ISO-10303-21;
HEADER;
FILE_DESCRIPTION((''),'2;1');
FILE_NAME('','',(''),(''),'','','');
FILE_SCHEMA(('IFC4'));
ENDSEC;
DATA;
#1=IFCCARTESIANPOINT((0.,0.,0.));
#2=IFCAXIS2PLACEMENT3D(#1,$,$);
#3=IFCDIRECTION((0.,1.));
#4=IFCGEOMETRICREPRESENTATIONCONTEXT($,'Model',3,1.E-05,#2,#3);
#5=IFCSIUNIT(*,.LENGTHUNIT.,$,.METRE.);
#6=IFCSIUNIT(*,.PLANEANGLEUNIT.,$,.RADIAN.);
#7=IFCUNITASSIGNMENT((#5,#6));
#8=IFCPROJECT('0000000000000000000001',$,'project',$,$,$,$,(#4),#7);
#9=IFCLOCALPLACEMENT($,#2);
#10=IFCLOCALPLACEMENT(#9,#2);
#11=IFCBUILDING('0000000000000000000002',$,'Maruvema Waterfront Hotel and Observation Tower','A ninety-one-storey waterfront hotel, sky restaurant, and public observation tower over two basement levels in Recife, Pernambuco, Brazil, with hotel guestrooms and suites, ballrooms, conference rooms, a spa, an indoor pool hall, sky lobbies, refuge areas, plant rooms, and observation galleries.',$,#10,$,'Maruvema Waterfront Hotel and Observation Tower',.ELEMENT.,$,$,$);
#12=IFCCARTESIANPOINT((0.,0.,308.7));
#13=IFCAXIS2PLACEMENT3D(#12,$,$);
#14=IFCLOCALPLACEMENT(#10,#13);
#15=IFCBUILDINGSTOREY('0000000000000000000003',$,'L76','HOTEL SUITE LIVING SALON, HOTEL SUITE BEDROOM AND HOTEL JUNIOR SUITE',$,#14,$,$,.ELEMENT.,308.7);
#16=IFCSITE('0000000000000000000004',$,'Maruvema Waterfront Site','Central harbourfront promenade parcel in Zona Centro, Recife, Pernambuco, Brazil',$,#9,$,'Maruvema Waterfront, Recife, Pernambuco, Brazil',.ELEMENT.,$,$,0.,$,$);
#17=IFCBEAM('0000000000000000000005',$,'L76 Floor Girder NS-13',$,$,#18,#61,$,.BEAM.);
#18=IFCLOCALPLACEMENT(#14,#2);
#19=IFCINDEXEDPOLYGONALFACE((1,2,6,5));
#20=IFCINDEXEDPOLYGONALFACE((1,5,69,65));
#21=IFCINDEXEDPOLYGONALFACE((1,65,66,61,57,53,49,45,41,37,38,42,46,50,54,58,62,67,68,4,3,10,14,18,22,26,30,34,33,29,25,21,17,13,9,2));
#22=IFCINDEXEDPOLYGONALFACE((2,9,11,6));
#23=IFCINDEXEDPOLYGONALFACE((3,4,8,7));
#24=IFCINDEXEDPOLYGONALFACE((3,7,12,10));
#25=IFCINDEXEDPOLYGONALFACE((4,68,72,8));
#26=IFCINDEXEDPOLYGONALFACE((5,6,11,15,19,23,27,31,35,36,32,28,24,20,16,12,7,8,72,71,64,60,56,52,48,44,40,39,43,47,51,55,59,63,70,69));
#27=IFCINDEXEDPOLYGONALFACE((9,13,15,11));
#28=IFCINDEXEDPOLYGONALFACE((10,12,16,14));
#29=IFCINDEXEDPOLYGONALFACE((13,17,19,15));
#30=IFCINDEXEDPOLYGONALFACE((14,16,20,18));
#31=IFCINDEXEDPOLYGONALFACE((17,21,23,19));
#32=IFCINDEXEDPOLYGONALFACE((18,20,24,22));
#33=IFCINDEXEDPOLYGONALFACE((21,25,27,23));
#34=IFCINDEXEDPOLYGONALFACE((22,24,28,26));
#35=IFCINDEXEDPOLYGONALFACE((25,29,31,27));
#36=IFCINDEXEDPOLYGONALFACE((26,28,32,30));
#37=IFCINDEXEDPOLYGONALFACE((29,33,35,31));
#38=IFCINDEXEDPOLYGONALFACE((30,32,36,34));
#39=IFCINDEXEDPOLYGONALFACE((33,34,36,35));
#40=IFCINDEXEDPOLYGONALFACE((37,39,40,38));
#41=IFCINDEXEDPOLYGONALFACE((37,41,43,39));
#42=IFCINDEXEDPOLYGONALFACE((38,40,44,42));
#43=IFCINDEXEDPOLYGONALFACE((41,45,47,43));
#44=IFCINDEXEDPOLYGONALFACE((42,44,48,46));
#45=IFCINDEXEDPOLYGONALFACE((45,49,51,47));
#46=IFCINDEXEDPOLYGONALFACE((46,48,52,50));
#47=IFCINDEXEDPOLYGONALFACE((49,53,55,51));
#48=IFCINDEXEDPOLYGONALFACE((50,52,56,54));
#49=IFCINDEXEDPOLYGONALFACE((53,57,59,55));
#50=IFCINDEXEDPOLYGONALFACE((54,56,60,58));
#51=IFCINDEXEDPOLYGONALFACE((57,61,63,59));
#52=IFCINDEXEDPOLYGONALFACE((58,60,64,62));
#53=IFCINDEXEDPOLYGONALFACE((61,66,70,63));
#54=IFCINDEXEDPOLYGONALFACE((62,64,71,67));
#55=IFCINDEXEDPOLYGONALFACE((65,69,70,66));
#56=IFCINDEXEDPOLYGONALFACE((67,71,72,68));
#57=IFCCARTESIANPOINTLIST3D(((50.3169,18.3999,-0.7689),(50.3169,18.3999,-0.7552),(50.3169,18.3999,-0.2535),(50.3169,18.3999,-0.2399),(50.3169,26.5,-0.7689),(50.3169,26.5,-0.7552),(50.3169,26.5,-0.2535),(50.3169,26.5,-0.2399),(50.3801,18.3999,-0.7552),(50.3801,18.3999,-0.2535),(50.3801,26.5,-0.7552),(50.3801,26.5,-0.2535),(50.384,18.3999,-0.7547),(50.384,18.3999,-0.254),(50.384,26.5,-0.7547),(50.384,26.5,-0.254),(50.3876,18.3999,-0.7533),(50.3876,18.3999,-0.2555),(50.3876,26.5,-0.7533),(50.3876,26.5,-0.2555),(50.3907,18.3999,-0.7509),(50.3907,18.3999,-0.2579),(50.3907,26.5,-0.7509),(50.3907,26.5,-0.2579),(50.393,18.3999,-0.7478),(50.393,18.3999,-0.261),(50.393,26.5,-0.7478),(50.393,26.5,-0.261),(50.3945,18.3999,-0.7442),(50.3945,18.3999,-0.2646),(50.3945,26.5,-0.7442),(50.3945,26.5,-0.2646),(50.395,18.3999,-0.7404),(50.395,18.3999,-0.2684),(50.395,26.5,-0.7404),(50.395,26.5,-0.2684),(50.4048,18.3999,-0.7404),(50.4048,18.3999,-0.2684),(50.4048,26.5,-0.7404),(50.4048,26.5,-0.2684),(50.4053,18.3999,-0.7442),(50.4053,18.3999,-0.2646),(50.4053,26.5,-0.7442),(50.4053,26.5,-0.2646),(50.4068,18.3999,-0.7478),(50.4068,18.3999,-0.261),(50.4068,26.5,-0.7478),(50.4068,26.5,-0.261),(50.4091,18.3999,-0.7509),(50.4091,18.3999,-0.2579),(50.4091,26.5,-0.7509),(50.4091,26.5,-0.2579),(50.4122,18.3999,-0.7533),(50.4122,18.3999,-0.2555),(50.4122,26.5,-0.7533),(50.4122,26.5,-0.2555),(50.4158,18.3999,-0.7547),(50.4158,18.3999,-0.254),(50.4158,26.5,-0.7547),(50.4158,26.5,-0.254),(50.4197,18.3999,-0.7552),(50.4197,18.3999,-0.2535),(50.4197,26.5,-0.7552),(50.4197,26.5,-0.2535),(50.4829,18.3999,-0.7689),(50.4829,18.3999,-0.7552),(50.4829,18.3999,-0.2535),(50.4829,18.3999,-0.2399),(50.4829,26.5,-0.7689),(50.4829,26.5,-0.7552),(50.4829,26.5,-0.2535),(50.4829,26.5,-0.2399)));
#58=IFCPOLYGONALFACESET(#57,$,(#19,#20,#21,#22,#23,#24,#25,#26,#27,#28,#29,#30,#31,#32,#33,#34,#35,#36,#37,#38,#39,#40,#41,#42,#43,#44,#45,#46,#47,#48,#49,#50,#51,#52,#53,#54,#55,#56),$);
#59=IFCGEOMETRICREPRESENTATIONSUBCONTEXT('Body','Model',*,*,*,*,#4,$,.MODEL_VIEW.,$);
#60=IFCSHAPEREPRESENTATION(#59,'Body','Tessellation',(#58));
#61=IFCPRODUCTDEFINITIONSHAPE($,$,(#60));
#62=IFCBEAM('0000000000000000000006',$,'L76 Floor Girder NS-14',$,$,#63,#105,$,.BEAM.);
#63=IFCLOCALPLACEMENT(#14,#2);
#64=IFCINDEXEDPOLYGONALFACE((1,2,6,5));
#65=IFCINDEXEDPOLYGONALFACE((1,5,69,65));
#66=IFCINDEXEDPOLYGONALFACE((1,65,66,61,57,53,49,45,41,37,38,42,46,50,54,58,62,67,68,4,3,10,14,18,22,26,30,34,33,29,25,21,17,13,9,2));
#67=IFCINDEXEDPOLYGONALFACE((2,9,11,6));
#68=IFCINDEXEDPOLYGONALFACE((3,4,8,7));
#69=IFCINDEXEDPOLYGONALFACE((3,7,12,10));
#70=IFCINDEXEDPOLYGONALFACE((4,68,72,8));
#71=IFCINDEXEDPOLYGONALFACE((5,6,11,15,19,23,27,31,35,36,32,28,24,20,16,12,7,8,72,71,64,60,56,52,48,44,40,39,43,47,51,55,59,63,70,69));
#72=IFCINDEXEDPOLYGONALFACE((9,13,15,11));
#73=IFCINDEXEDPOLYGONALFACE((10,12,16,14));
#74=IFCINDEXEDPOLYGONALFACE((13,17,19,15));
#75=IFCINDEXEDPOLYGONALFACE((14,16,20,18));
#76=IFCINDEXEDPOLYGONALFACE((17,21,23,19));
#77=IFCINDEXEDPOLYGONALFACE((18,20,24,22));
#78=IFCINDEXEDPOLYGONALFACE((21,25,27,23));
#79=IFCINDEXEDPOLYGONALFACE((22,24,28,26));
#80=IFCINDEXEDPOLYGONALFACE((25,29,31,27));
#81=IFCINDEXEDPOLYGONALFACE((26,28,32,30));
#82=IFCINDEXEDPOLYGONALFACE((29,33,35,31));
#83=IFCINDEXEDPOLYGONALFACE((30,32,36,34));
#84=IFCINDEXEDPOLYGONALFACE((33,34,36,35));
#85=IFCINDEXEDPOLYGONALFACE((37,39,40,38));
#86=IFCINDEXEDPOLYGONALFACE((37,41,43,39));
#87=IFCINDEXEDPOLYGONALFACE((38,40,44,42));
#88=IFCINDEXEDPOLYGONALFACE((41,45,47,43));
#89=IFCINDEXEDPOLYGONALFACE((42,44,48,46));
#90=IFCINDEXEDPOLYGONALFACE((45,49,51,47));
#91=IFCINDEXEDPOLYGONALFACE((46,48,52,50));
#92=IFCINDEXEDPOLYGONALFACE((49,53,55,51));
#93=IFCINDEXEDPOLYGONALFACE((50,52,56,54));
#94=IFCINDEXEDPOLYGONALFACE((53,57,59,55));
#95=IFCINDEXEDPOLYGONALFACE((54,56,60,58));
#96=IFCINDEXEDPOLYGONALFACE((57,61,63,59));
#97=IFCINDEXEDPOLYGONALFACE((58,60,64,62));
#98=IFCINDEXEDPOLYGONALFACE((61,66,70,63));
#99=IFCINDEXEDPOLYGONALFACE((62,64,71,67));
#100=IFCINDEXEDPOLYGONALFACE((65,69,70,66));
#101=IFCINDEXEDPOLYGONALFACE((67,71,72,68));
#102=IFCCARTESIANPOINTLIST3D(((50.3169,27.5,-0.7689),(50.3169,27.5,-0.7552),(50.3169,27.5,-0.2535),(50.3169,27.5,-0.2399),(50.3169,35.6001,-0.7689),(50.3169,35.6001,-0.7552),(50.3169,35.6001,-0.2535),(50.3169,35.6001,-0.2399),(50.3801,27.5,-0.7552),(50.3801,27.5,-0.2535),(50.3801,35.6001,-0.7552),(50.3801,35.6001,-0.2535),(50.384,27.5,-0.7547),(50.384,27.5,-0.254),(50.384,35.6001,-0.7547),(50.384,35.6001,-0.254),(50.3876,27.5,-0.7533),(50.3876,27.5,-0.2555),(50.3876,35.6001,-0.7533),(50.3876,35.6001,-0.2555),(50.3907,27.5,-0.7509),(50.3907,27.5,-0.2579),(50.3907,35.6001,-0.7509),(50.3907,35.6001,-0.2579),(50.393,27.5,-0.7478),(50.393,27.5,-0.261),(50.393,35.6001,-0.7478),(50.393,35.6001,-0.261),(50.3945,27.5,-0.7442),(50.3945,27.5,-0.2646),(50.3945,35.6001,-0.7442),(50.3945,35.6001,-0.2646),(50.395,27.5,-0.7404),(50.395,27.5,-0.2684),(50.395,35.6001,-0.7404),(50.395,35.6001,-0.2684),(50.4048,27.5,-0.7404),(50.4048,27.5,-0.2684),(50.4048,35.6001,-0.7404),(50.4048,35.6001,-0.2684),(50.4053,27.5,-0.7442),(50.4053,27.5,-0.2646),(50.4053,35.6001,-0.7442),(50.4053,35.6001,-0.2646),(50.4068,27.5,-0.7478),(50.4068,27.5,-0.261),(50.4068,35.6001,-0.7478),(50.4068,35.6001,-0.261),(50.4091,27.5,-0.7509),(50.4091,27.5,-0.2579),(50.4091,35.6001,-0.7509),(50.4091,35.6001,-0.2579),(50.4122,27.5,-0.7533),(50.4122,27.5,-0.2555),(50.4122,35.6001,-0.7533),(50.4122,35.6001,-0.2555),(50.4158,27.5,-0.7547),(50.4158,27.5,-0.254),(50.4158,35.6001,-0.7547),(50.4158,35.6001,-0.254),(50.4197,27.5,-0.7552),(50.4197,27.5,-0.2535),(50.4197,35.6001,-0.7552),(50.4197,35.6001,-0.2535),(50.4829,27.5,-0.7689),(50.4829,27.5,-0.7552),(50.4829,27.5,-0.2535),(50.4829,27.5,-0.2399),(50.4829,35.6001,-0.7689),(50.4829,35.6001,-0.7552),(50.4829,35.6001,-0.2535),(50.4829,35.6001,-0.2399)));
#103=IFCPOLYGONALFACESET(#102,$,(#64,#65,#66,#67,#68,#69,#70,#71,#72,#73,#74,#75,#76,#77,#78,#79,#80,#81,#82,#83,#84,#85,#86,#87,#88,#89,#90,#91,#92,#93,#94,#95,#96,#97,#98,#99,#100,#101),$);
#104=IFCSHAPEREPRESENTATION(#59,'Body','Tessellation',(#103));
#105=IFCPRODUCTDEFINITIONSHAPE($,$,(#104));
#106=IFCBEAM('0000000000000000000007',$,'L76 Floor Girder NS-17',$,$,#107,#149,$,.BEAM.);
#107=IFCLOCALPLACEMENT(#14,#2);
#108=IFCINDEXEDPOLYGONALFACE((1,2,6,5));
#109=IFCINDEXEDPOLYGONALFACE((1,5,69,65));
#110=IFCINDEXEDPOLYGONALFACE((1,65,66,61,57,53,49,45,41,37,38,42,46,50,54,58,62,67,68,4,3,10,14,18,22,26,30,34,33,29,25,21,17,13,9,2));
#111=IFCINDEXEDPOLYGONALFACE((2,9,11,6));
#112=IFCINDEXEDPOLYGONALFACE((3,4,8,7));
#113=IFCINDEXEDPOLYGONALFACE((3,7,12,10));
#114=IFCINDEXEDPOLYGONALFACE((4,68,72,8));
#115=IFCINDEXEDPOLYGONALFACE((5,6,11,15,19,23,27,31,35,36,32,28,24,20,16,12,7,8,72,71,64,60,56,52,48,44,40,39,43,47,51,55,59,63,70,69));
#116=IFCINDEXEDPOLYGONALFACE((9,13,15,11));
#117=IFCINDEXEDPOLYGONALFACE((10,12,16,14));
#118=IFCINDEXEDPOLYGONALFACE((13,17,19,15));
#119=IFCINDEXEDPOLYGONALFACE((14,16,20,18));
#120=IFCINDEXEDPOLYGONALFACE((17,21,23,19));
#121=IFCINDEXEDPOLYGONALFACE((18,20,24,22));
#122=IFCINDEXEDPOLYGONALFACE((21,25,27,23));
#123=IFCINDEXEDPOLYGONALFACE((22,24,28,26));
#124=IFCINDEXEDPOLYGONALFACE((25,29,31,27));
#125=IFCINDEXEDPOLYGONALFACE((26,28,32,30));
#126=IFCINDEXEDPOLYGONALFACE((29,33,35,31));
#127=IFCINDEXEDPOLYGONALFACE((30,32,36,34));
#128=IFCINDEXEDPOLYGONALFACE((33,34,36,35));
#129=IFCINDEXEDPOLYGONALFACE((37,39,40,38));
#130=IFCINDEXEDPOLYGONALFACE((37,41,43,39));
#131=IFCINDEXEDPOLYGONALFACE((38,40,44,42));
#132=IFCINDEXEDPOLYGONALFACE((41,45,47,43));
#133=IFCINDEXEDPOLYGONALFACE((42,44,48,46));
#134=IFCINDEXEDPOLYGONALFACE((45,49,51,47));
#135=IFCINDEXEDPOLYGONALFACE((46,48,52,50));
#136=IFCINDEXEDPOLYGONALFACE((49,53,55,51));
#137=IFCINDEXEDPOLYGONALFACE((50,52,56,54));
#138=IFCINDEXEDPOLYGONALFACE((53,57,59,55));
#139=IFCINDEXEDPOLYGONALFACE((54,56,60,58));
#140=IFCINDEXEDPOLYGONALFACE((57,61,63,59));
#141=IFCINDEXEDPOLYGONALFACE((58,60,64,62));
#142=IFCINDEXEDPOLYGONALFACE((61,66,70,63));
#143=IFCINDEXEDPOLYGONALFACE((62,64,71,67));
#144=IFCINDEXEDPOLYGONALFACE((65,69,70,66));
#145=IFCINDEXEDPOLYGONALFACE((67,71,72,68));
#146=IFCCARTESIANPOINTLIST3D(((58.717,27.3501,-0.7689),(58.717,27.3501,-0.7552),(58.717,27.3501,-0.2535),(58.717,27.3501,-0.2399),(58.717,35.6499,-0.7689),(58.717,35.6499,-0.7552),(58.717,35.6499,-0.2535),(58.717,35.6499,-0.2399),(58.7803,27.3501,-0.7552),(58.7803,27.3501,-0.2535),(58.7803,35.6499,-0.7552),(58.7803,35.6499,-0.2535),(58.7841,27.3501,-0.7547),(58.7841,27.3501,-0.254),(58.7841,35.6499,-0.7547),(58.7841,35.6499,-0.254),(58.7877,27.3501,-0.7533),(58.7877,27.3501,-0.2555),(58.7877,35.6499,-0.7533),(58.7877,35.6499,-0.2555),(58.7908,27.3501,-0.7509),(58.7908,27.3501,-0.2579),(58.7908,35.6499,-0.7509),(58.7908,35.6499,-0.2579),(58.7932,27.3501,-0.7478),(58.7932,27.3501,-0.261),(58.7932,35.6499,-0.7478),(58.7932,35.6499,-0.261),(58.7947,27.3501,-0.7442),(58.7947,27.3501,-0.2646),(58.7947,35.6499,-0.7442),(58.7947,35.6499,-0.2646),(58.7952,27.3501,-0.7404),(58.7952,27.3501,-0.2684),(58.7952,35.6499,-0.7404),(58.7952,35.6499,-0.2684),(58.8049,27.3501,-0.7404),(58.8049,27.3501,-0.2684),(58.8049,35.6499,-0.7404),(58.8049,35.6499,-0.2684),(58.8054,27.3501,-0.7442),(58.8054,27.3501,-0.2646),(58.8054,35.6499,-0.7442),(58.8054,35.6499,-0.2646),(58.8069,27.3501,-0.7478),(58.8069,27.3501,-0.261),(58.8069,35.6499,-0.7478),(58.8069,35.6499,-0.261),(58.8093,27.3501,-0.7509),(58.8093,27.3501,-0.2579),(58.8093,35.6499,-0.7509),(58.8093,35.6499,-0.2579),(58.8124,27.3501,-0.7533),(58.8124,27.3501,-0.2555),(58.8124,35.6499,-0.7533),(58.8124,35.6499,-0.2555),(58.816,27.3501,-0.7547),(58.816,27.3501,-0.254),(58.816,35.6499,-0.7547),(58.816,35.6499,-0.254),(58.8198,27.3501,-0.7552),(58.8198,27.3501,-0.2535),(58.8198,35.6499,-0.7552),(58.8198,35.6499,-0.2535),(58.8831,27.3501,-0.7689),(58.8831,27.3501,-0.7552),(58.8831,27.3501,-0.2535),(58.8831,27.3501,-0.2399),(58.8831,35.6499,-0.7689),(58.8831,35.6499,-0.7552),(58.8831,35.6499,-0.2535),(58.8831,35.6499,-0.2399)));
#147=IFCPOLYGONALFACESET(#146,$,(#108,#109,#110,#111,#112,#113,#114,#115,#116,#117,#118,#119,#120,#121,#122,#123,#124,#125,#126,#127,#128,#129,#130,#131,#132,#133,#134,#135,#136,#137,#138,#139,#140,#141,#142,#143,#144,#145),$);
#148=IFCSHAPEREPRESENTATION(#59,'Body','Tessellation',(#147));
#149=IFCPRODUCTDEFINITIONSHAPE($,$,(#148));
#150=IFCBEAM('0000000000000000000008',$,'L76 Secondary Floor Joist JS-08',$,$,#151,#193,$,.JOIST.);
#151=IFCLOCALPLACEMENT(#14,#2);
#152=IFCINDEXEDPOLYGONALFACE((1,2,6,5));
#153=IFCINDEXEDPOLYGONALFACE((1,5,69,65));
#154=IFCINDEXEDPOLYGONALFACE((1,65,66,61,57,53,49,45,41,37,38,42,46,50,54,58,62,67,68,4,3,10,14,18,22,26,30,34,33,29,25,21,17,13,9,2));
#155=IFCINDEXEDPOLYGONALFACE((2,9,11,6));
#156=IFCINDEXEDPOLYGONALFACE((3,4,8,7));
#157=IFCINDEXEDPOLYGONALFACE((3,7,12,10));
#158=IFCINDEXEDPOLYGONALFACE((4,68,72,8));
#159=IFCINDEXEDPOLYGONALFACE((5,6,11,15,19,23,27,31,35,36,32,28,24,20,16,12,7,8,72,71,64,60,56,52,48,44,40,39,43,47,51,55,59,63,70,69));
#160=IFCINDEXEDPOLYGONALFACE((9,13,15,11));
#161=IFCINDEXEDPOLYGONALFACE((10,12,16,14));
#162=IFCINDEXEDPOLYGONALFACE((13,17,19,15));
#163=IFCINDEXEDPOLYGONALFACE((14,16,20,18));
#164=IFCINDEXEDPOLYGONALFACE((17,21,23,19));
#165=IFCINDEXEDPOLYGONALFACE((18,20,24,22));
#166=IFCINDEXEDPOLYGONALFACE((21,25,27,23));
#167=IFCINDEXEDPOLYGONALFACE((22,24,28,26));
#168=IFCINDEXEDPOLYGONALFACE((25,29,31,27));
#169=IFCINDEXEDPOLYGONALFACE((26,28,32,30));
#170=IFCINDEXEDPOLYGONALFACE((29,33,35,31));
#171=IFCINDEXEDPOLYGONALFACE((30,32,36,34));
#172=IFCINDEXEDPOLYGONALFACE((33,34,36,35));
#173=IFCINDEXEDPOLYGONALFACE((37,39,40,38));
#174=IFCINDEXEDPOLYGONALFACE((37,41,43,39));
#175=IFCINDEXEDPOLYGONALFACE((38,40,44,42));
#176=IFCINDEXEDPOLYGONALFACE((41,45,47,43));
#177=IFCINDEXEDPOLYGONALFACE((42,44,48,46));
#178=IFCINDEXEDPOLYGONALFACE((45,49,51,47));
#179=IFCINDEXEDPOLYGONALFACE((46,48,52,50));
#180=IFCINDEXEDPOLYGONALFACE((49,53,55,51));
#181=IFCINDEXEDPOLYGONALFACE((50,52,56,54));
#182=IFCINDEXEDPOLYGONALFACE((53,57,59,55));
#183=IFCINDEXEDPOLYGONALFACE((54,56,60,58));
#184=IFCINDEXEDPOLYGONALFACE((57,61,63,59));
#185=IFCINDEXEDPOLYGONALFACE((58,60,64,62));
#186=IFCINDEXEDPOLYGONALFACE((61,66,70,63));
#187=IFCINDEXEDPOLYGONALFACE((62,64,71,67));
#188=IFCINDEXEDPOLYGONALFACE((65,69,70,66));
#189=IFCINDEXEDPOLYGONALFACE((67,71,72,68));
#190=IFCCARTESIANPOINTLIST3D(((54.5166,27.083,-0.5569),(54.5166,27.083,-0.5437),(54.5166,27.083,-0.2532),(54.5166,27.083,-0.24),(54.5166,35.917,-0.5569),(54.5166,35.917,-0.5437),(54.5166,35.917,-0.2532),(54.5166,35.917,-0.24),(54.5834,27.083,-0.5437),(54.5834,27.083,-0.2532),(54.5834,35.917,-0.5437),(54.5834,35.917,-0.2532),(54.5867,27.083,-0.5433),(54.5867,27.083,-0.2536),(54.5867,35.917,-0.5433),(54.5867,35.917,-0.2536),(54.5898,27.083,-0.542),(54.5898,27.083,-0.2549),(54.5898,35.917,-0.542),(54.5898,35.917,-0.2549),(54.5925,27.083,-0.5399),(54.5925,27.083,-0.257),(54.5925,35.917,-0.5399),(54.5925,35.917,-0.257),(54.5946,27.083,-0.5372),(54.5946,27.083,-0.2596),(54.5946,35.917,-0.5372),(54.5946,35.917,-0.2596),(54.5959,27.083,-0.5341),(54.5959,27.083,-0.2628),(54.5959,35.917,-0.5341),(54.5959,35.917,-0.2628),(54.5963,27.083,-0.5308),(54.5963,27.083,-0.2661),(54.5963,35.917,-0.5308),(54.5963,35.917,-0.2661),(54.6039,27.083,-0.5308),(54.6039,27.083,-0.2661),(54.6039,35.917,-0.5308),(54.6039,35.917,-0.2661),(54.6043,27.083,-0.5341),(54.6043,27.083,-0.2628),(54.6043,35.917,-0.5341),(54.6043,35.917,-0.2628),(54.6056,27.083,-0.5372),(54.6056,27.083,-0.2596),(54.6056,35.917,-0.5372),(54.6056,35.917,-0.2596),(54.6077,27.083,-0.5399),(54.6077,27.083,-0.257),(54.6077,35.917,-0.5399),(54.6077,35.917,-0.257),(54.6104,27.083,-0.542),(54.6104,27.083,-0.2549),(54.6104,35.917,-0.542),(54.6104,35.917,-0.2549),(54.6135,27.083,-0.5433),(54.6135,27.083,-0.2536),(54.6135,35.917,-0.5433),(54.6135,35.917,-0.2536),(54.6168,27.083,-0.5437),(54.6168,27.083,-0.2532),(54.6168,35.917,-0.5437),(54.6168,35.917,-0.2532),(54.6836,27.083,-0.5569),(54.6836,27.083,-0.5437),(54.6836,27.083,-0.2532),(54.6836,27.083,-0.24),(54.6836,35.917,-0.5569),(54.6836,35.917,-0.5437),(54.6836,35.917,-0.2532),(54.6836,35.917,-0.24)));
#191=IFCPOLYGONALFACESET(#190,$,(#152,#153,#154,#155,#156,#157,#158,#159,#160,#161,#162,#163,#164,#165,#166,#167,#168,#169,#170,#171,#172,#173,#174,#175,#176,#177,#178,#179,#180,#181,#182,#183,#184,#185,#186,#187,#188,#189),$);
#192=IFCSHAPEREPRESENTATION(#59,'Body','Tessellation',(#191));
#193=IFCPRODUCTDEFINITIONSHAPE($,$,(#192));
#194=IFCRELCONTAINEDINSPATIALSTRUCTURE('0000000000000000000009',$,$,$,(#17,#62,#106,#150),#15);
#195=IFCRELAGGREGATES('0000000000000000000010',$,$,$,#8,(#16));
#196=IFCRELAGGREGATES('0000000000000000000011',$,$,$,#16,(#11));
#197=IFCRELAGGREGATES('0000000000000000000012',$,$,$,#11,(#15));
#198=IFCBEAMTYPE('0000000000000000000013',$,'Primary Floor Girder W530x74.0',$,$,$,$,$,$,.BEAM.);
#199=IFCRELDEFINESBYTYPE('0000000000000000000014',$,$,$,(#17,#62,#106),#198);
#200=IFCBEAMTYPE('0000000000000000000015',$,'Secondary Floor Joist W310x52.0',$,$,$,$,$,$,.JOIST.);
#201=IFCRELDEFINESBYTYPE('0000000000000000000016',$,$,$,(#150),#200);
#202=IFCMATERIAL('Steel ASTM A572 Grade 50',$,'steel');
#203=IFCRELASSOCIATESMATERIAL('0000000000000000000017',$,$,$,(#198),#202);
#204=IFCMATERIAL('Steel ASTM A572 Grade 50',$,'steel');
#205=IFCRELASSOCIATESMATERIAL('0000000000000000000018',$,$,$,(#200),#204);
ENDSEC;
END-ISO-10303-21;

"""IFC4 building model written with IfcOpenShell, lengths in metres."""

from ifc_helpers import new_model, si_unit, direction, frame, origin, origin_2d, place, context, subcontext, project, spatial, i_section, extrude, material, material_profile, profile_set, type_object, element, save


model = new_model("IFC4")

# Units and contexts
model_context = context("Model", 3, precision=1e-05, world=origin(), true_north=direction((0.0, 1.0)))
body_context = subcontext(model_context, "Body", "Model", "MODEL_VIEW")
ifc_project = project(units=[si_unit("LENGTHUNIT", "METRE"), si_unit("PLANEANGLEUNIT", "RADIAN")], contexts=[model_context])

# Site, building, storey
site_placement = place(None, origin())
site = spatial("IfcSite", under=ifc_project, at=site_placement, Name="Maruvema Waterfront Site", Description="Central harbourfront promenade parcel in Zona Centro, Recife, Pernambuco, Brazil", LongName="Maruvema Waterfront, Recife, Pernambuco, Brazil", CompositionType="ELEMENT", RefElevation=0.0)
building_placement = place(site_placement, origin())
building = spatial("IfcBuilding", under=site, at=building_placement, Name="Maruvema Waterfront Hotel and Observation Tower", Description="A ninety-one-storey waterfront hotel, sky restaurant, and public observation tower over two basement levels in Recife, Pernambuco, Brazil, with hotel guestrooms and suites, ballrooms, conference rooms, a spa, an indoor pool hall, sky lobbies, refuge areas, plant rooms, and observation galleries.", LongName="Maruvema Waterfront Hotel and Observation Tower", CompositionType="ELEMENT")
storey_placement = place(building_placement, frame((0.0, 0.0, 308.7)))
storey = spatial("IfcBuildingStorey", under=building, at=storey_placement, Name="L76", Description="HOTEL SUITE LIVING SALON, HOTEL SUITE BEDROOM AND HOTEL JUNIOR SUITE", CompositionType="ELEMENT", Elevation=308.7)

# Beams
ifc_material_1 = material(Name="Steel ASTM A572 Grade 50", Category="steel")
ifc_material_profile_1 = material_profile(ifc_material_1, i_section(OverallWidth=0.166, OverallDepth=0.5291, WebThickness=0.0098, FlangeThickness=0.0137, FilletRadius=0.0149, at=origin_2d()), Name="W530x74.0")
ifc_profile_set_1 = profile_set([ifc_material_profile_1], Name="Steel ASTM A572 Grade 50")
beam_type_1 = type_object("IfcBeamType", Name="Primary Floor Girder W530x74.0", PredefinedType="BEAM", material=ifc_profile_set_1)
for number, where, z_axis, x_axis, name in (
    (1, (50.3999, 18.3999, -0.5044), (0.0, 1.0, 0.0), (-1.0, 0.0, 0.0), "L76 Floor Girder NS-13"),
    (2, (50.3999, 27.5, -0.5044), (0.0, 1.0, 0.0), (-1.0, 0.0, 0.0), "L76 Floor Girder NS-14"),
):
    element("IfcBeam", number, at=place(storey_placement, frame(where, z_axis=z_axis, x_axis=x_axis)), inside=storey, type_object=beam_type_1, Name=name, PredefinedType="BEAM", context=body_context, shape_type="SweptSolid", body=[
        extrude(i_section(OverallWidth=0.166, OverallDepth=0.5291, WebThickness=0.0098, FlangeThickness=0.0137, FilletRadius=0.0149, at=origin_2d()), origin(), (0.0, 0.0, 1.0), 8.1001),
    ])
beam_1_placement = place(storey_placement, frame((58.8, 27.3501, -0.5044), z_axis=(0.0, 1.0, 0.0), x_axis=(-1.0, 0.0, 0.0)))
element("IfcBeam", 3, at=beam_1_placement, inside=storey, type_object=beam_type_1, Name="L76 Floor Girder NS-17", PredefinedType="BEAM", context=body_context, shape_type="SweptSolid", body=[
    extrude(i_section(OverallWidth=0.166, OverallDepth=0.5291, WebThickness=0.0098, FlangeThickness=0.0137, FilletRadius=0.0149, at=origin_2d()), origin(), (0.0, 0.0, 1.0), 8.2998),
])
ifc_material_2 = material(Name="Steel ASTM A572 Grade 50", Category="steel")
ifc_material_profile_2 = material_profile(ifc_material_2, i_section(OverallWidth=0.167, OverallDepth=0.3169, WebThickness=0.0076, FlangeThickness=0.0132, FilletRadius=0.0129, at=origin_2d()), Name="W310x52.0")
ifc_profile_set_2 = profile_set([ifc_material_profile_2], Name="Steel ASTM A572 Grade 50")
beam_type_2 = type_object("IfcBeamType", Name="Secondary Floor Joist W310x52.0", PredefinedType="JOIST", material=ifc_profile_set_2)
beam_2_placement = place(storey_placement, frame((54.6001, 27.083, -0.3984), z_axis=(0.0, 1.0, 0.0), x_axis=(-1.0, 0.0, 0.0)))
element("IfcBeam", 4, at=beam_2_placement, inside=storey, type_object=beam_type_2, Name="L76 Secondary Floor Joist JS-08", PredefinedType="JOIST", context=body_context, shape_type="SweptSolid", body=[
    extrude(i_section(OverallWidth=0.167, OverallDepth=0.3169, WebThickness=0.0076, FlangeThickness=0.0132, FilletRadius=0.0129, at=origin_2d()), origin(), (0.0, 0.0, 1.0), 8.834),
])

save(model, "model.ifc")
